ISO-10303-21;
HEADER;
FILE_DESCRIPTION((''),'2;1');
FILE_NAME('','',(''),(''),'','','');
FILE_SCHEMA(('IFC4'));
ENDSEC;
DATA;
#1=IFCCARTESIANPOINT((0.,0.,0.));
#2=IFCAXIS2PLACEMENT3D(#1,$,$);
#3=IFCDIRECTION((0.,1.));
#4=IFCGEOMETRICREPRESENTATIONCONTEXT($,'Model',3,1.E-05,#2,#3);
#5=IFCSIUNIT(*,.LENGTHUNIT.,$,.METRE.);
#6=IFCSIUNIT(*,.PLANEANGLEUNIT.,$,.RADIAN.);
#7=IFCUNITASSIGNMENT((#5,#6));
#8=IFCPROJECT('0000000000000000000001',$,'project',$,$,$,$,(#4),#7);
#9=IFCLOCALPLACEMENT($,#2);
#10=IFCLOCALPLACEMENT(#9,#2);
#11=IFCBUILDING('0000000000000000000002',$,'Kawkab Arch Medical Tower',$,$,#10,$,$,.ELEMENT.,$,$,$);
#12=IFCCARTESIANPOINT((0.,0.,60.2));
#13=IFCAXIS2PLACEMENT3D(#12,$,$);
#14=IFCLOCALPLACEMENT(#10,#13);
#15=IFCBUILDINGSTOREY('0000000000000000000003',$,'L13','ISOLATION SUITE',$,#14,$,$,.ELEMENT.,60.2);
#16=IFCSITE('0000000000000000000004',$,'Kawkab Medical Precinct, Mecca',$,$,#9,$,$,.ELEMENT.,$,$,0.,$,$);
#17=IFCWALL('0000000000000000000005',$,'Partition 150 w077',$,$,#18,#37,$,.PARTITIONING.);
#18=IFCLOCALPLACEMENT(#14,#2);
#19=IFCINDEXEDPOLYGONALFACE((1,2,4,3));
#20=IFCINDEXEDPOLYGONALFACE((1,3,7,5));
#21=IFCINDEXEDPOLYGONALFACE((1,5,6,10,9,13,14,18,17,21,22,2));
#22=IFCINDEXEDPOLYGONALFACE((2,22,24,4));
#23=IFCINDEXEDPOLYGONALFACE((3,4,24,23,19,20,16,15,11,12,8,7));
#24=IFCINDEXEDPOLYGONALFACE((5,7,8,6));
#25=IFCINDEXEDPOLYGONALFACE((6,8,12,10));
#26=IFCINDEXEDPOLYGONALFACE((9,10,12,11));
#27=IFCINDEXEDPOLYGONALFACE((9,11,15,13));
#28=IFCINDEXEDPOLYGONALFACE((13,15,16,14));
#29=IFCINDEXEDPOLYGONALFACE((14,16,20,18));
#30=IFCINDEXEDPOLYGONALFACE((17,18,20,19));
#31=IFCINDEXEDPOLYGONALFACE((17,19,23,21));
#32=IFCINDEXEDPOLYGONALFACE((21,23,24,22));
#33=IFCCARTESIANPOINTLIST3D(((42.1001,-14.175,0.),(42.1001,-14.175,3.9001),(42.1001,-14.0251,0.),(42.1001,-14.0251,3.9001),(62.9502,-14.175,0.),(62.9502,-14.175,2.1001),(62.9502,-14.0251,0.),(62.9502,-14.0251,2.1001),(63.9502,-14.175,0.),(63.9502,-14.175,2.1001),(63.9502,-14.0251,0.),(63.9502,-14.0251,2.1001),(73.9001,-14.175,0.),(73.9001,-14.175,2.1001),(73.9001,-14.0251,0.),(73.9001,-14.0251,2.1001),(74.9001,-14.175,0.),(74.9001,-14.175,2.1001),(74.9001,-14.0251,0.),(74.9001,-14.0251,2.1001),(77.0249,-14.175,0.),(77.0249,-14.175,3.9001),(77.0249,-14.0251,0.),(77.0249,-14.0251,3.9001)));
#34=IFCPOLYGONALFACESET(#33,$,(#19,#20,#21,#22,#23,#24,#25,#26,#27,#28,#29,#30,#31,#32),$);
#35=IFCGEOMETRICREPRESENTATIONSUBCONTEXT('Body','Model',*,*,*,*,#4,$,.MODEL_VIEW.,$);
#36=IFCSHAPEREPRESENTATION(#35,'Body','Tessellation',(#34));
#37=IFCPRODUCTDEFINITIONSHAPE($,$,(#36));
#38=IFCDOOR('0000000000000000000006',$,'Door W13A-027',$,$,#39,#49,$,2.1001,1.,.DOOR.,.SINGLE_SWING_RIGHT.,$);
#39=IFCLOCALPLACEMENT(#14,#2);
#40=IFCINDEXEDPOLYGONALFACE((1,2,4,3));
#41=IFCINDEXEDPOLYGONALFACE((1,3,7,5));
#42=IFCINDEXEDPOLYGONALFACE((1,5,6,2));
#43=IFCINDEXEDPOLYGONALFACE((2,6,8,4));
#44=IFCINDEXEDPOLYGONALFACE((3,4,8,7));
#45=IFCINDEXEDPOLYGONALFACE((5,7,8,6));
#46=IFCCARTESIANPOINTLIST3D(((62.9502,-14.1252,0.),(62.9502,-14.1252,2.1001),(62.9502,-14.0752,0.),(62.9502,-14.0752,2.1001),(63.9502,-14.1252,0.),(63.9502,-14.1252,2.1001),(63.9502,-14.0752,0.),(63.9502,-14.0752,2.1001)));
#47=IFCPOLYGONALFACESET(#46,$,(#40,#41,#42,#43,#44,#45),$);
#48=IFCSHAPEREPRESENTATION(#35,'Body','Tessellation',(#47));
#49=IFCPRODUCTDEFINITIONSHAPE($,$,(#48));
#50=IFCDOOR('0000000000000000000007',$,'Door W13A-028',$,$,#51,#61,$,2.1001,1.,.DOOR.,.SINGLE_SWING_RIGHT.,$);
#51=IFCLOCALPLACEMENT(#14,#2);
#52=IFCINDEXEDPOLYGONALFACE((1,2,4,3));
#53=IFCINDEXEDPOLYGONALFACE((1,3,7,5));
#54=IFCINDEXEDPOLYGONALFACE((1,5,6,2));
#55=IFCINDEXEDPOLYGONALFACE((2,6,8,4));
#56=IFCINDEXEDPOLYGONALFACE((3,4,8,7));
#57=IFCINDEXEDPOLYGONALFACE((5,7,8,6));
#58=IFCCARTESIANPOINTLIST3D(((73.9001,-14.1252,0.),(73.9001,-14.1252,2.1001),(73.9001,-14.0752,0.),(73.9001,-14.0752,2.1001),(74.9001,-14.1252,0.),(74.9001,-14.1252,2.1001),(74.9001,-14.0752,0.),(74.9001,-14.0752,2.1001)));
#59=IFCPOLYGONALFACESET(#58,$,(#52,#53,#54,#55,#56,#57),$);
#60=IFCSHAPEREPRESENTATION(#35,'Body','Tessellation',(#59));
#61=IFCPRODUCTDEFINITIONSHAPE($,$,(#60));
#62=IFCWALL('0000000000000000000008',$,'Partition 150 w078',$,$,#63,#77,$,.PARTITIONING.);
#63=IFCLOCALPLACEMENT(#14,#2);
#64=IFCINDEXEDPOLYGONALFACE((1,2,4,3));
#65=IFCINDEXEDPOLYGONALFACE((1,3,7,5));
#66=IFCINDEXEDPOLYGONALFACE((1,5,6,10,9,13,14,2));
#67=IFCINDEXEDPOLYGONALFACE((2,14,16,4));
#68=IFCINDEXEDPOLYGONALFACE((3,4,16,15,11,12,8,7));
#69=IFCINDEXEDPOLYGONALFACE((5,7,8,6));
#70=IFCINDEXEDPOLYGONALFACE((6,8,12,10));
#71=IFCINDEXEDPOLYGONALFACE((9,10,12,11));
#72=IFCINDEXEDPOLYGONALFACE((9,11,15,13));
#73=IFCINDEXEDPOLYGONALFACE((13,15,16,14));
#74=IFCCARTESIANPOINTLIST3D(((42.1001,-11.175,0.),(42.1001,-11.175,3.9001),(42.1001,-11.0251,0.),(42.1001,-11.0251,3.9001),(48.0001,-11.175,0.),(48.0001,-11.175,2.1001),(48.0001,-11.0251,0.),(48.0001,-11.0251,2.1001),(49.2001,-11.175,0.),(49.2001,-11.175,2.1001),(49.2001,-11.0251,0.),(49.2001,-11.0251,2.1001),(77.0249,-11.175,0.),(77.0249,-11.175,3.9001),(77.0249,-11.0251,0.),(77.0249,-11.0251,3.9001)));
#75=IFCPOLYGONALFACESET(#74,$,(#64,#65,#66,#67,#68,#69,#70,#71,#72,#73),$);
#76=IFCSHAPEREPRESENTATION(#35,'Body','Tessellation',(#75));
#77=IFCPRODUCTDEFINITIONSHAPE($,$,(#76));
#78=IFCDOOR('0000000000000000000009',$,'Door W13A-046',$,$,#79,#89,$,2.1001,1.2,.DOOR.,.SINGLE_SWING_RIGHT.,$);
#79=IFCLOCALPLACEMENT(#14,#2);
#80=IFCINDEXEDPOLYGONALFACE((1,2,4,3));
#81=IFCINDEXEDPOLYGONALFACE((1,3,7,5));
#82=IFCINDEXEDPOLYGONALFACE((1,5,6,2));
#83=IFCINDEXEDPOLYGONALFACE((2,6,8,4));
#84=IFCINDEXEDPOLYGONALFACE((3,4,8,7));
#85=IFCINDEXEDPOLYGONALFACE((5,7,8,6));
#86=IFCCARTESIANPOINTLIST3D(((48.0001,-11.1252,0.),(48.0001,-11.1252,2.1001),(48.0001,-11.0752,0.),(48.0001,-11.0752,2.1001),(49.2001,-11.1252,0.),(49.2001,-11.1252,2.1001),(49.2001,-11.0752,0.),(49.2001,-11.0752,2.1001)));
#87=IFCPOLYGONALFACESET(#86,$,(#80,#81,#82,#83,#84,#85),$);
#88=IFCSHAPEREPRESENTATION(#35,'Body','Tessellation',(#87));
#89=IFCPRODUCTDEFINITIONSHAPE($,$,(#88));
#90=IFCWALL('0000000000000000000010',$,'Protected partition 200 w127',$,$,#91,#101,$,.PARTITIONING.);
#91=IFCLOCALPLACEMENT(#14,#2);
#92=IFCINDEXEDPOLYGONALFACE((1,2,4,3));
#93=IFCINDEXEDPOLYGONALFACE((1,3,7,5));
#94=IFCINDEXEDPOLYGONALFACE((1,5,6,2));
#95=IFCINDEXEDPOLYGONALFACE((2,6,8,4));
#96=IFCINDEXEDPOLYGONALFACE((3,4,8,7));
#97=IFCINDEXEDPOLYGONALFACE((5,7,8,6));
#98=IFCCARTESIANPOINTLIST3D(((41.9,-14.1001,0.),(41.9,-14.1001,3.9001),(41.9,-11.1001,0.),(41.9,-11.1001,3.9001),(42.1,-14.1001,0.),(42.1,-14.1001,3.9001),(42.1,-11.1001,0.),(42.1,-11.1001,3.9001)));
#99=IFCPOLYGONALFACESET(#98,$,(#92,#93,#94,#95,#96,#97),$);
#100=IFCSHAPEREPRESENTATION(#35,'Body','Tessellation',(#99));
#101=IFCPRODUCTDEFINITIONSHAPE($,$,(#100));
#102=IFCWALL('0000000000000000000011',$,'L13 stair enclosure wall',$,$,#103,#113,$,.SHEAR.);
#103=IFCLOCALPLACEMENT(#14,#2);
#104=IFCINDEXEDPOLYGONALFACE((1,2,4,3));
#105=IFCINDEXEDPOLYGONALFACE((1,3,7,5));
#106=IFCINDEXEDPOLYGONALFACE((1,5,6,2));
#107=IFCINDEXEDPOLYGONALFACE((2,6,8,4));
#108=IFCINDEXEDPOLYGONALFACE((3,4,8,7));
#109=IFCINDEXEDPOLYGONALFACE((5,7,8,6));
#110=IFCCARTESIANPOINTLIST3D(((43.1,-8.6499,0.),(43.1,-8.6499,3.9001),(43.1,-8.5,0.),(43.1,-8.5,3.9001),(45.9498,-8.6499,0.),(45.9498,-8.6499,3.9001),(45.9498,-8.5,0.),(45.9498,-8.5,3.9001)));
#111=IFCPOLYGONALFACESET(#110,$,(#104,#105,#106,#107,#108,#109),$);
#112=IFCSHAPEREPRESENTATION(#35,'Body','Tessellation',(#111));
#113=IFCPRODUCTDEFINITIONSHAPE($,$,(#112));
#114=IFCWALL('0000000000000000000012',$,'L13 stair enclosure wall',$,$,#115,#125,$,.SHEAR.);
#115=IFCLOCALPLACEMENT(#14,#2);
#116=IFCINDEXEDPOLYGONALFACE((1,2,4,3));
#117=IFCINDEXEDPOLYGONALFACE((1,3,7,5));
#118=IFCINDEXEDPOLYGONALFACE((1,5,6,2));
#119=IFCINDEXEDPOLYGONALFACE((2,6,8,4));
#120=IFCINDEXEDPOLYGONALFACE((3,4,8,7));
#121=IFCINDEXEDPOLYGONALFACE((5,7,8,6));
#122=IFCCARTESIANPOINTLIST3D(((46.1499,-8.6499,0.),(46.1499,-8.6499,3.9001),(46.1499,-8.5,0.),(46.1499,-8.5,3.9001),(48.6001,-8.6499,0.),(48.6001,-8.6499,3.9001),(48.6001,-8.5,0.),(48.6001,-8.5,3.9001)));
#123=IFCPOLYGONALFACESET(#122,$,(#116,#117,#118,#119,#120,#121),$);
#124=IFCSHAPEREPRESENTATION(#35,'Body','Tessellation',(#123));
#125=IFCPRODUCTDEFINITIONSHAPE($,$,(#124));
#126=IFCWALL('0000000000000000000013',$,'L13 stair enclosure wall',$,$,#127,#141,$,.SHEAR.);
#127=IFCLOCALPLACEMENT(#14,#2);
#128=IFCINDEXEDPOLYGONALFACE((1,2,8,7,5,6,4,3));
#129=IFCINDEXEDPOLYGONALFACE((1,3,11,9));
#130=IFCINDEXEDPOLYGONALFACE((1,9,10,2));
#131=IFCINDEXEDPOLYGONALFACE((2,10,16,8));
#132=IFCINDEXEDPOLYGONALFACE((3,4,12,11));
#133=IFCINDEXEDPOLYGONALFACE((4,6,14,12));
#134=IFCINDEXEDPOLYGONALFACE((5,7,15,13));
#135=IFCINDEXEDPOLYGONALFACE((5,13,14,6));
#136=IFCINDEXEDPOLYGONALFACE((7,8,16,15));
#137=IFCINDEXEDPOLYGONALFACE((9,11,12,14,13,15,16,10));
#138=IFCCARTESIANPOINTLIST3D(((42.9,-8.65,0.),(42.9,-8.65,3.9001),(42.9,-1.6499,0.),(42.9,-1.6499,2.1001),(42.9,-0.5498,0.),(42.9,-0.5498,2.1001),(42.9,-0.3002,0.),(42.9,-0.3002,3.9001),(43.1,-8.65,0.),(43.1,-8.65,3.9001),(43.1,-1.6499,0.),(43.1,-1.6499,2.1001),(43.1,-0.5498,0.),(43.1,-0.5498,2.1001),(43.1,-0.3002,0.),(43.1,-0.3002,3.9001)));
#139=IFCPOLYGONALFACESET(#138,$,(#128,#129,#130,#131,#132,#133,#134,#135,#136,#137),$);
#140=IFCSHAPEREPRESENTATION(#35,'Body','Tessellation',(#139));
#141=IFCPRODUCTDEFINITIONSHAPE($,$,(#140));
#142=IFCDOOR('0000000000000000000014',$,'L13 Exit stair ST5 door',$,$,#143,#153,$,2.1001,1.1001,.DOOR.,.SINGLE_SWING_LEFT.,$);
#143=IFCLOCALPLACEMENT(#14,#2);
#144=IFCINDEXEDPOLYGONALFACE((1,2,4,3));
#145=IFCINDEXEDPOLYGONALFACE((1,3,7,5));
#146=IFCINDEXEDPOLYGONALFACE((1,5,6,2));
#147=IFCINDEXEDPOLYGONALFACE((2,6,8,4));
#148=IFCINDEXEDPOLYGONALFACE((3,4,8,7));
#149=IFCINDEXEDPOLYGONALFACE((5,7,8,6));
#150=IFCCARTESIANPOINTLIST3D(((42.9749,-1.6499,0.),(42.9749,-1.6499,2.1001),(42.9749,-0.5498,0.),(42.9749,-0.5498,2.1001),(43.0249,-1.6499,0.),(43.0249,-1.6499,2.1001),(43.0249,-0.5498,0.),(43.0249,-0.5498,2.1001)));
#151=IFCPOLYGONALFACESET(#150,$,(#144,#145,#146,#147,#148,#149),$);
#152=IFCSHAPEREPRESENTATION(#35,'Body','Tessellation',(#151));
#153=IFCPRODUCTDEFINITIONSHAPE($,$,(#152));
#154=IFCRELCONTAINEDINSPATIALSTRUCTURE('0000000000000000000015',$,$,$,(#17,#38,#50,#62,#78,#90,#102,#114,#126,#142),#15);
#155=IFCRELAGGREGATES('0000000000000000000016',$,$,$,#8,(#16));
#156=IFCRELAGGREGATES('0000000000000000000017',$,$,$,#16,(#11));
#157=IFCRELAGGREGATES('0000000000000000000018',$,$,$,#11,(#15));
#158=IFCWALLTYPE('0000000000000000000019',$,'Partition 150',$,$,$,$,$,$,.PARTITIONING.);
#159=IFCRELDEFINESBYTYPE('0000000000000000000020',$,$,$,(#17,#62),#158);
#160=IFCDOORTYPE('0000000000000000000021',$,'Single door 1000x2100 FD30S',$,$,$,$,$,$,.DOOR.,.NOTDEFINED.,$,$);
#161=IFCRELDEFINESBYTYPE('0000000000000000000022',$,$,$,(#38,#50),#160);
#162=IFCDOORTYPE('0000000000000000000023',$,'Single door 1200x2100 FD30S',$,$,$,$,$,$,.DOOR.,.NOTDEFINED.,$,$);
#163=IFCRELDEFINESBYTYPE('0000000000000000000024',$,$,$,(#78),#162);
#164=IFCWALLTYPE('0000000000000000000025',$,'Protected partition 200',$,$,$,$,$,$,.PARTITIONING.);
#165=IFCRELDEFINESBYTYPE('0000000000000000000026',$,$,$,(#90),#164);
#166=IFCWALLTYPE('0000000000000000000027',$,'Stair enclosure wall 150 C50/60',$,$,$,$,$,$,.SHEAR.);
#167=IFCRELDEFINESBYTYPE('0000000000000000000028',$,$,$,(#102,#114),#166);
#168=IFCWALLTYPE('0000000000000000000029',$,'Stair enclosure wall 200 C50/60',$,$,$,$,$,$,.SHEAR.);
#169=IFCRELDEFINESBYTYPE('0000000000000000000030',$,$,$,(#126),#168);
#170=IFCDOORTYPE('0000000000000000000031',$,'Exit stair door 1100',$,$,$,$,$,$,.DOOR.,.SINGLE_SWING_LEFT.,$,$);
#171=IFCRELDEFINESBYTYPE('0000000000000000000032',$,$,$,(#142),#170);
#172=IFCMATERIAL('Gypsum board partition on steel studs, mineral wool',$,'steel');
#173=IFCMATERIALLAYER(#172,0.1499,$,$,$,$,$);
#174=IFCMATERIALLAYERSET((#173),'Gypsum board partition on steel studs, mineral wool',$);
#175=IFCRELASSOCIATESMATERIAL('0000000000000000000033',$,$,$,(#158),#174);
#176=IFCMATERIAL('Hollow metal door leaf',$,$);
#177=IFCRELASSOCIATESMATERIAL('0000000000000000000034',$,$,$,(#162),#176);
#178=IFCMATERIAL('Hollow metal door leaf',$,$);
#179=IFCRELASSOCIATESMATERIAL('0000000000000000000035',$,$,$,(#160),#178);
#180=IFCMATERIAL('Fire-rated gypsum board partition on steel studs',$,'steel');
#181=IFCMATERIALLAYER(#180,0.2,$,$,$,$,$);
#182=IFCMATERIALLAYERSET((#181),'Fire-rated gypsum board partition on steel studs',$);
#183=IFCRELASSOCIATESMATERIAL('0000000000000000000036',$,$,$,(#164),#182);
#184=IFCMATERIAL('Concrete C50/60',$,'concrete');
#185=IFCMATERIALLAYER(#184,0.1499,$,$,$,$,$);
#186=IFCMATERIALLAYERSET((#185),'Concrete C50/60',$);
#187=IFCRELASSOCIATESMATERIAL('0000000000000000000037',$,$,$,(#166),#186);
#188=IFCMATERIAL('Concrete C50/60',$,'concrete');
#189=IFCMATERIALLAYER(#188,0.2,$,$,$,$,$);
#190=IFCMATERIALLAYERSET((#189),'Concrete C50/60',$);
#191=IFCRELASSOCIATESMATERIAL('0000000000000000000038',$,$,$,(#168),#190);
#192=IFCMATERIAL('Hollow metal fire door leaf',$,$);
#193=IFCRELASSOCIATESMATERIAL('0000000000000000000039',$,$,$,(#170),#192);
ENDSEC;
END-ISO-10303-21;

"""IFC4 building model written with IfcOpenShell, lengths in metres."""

from ifc_helpers import new_model, si_unit, direction, frame, frame_2d, origin, place, context, subcontext, project, spatial, rectangle, extrude, material, layer, layer_set, type_object, element, fill, save


model = new_model("IFC4")

# Units and contexts
model_context = context("Model", 3, precision=1e-05, world=origin(), true_north=direction((0.0, 1.0)))
body_context = subcontext(model_context, "Body", "Model", "MODEL_VIEW")
ifc_project = project(units=[si_unit("LENGTHUNIT", "METRE"), si_unit("PLANEANGLEUNIT", "RADIAN")], contexts=[model_context])

# Site, building, storey
site_placement = place(None, origin())
site = spatial("IfcSite", under=ifc_project, at=site_placement, Name="Kawkab Medical Precinct, Mecca", CompositionType="ELEMENT", RefElevation=0.0)
building_placement = place(site_placement, origin())
building = spatial("IfcBuilding", under=site, at=building_placement, Name="Kawkab Arch Medical Tower", CompositionType="ELEMENT")
storey_placement = place(building_placement, frame((0.0, 0.0, 60.2)))
storey = spatial("IfcBuildingStorey", under=building, at=storey_placement, Name="L13", Description="ISOLATION SUITE", CompositionType="ELEMENT", Elevation=60.2)

# Wall, openings, doors
ifc_material_1 = material(Name="Gypsum board partition on steel studs, mineral wool", Category="steel")
ifc_layer_1 = layer(ifc_material_1, 0.1499)
ifc_layer_set_1 = layer_set([ifc_layer_1], Name="Gypsum board partition on steel studs, mineral wool")
wall_type_1 = type_object("IfcWallType", Name="Partition 150", PredefinedType="PARTITIONING", material=ifc_layer_set_1)
ifc_material_2 = material(Name="Hollow metal door leaf")
door_type_1 = type_object("IfcDoorType", Name="Single door 1200x2100 FD30S", OperationType="NOTDEFINED", PredefinedType="DOOR", material=ifc_material_2)
wall_1_placement = place(storey_placement, frame((42.1001, -14.1001, 0.0), z_axis=(0.0, 0.0, 1.0), x_axis=(1.0, 0.0, 0.0)))
wall_1 = element("IfcWall", 1, at=wall_1_placement, inside=storey, type_object=wall_type_1, Name="Partition 150 w077", PredefinedType="PARTITIONING", context=body_context, shape_type="SweptSolid", body=[
    extrude(rectangle(XDim=34.9248, YDim=0.1499, at=frame_2d((17.4624, 0.0))), origin(), (0.0, 0.0, 1.0), 3.9001),
])
opening_1_placement = place(wall_1_placement, frame((20.8501, 0.0, 0.0)))
opening_1 = element("IfcOpeningElement", 2, at=opening_1_placement, cuts=wall_1, PredefinedType="OPENING", context=body_context, shape_type="SweptSolid", body=[
    extrude(rectangle(XDim=1.0, YDim=2.1001, at=frame_2d((0.5, 1.05))), frame((0.0, 0.085, 0.0), z_axis=(0.0, -1.0, 0.0), x_axis=(1.0, 0.0, 0.0)), (0.0, 0.0, 1.0), 0.1699),
])
opening_2_placement = place(wall_1_placement, frame((31.8, 0.0, 0.0)))
opening_2 = element("IfcOpeningElement", 3, at=opening_2_placement, cuts=wall_1, PredefinedType="OPENING", context=body_context, shape_type="SweptSolid", body=[
    extrude(rectangle(XDim=1.0, YDim=2.1001, at=frame_2d((0.5, 1.05))), frame((0.0, 0.085, 0.0), z_axis=(0.0, -1.0, 0.0), x_axis=(1.0, 0.0, 0.0)), (0.0, 0.0, 1.0), 0.1699),
])
ifc_material_3 = material(Name="Hollow metal door leaf")
door_type_2 = type_object("IfcDoorType", Name="Single door 1000x2100 FD30S", OperationType="NOTDEFINED", PredefinedType="DOOR", material=ifc_material_3)
door_1_placement = place(opening_1_placement, origin())
door_1 = element("IfcDoor", 4, at=door_1_placement, inside=storey, type_object=door_type_2, Name="Door W13A-027", OperationType="SINGLE_SWING_RIGHT", OverallHeight=2.1001, OverallWidth=1.0, PredefinedType="DOOR", context=body_context, shape_type="SweptSolid", body=[
    extrude(rectangle(XDim=1.0, YDim=2.1001, at=frame_2d((0.5, 1.05))), frame((0.0, 0.0249, 0.0), z_axis=(0.0, -1.0, 0.0), x_axis=(1.0, 0.0, 0.0)), (0.0, 0.0, 1.0), 0.05),
])
fill(opening_1, door_1)
door_2_placement = place(opening_2_placement, origin())
door_2 = element("IfcDoor", 5, at=door_2_placement, inside=storey, type_object=door_type_2, Name="Door W13A-028", OperationType="SINGLE_SWING_RIGHT", OverallHeight=2.1001, OverallWidth=1.0, PredefinedType="DOOR", context=body_context, shape_type="SweptSolid", body=[
    extrude(rectangle(XDim=1.0, YDim=2.1001, at=frame_2d((0.5, 1.05))), frame((0.0, 0.0249, 0.0), z_axis=(0.0, -1.0, 0.0), x_axis=(1.0, 0.0, 0.0)), (0.0, 0.0, 1.0), 0.05),
])
fill(opening_2, door_2)

# Wall, opening, door
wall_2_placement = place(storey_placement, frame((42.1001, -11.1001, 0.0), z_axis=(0.0, 0.0, 1.0), x_axis=(1.0, 0.0, 0.0)))
wall_2 = element("IfcWall", 6, at=wall_2_placement, inside=storey, type_object=wall_type_1, Name="Partition 150 w078", PredefinedType="PARTITIONING", context=body_context, shape_type="SweptSolid", body=[
    extrude(rectangle(XDim=34.9248, YDim=0.1499, at=frame_2d((17.4624, 0.0))), origin(), (0.0, 0.0, 1.0), 3.9001),
])
opening_3_placement = place(wall_2_placement, frame((5.8999, 0.0, 0.0)))
opening_3 = element("IfcOpeningElement", 7, at=opening_3_placement, cuts=wall_2, PredefinedType="OPENING", context=body_context, shape_type="SweptSolid", body=[
    extrude(rectangle(XDim=1.2, YDim=2.1001, at=frame_2d((0.6001, 1.05))), frame((0.0, 0.085, 0.0), z_axis=(0.0, -1.0, 0.0), x_axis=(1.0, 0.0, 0.0)), (0.0, 0.0, 1.0), 0.1699),
])
door_3_placement = place(opening_3_placement, origin())
door_3 = element("IfcDoor", 8, at=door_3_placement, inside=storey, type_object=door_type_1, Name="Door W13A-046", OperationType="SINGLE_SWING_RIGHT", OverallHeight=2.1001, OverallWidth=1.2, PredefinedType="DOOR", context=body_context, shape_type="SweptSolid", body=[
    extrude(rectangle(XDim=1.2, YDim=2.1001, at=frame_2d((0.6001, 1.05))), frame((0.0, 0.0249, 0.0), z_axis=(0.0, -1.0, 0.0), x_axis=(1.0, 0.0, 0.0)), (0.0, 0.0, 1.0), 0.05),
])
fill(opening_3, door_3)

# Walls
ifc_material_4 = material(Name="Fire-rated gypsum board partition on steel studs", Category="steel")
ifc_layer_2 = layer(ifc_material_4, 0.2)
ifc_layer_set_2 = layer_set([ifc_layer_2], Name="Fire-rated gypsum board partition on steel studs")
wall_type_2 = type_object("IfcWallType", Name="Protected partition 200", PredefinedType="PARTITIONING", material=ifc_layer_set_2)
wall_3_placement = place(storey_placement, frame((42.0, -14.1001, 0.0), z_axis=(0.0, 0.0, 1.0), x_axis=(0.0, 1.0, 0.0)))
element("IfcWall", 9, at=wall_3_placement, inside=storey, type_object=wall_type_2, Name="Protected partition 200 w127", PredefinedType="PARTITIONING", context=body_context, shape_type="SweptSolid", body=[
    extrude(rectangle(XDim=3.0, YDim=0.2, at=frame_2d((1.5, 0.0))), origin(), (0.0, 0.0, 1.0), 3.9001),
])
ifc_material_5 = material(Name="Concrete C50/60", Category="concrete")
ifc_layer_3 = layer(ifc_material_5, 0.1499)
ifc_layer_set_3 = layer_set([ifc_layer_3], Name="Concrete C50/60")
wall_type_3 = type_object("IfcWallType", Name="Stair enclosure wall 150 C50/60", PredefinedType="SHEAR", material=ifc_layer_set_3)
wall_4_placement = place(storey_placement, frame((43.1001, -8.575, 0.0), z_axis=(0.0, 0.0, 1.0), x_axis=(1.0, 0.0, 0.0)))
element("IfcWall", 10, at=wall_4_placement, inside=storey, type_object=wall_type_3, Name="L13 stair enclosure wall", PredefinedType="SHEAR", context=body_context, shape_type="SweptSolid", body=[
    extrude(rectangle(XDim=2.8499, YDim=0.1499, at=frame_2d((1.4248, 0.0))), origin(), (0.0, 0.0, 1.0), 3.9001),
])
wall_5_placement = place(storey_placement, frame((46.1499, -8.575, 0.0), z_axis=(0.0, 0.0, 1.0), x_axis=(1.0, 0.0, 0.0)))
element("IfcWall", 11, at=wall_5_placement, inside=storey, type_object=wall_type_3, Name="L13 stair enclosure wall", PredefinedType="SHEAR", context=body_context, shape_type="SweptSolid", body=[
    extrude(rectangle(XDim=2.4502, YDim=0.1499, at=frame_2d((1.2251, 0.0))), origin(), (0.0, 0.0, 1.0), 3.9001),
])

# Wall, opening, door
ifc_material_6 = material(Name="Concrete C50/60", Category="concrete")
ifc_layer_4 = layer(ifc_material_6, 0.2)
ifc_layer_set_4 = layer_set([ifc_layer_4], Name="Concrete C50/60")
wall_type_4 = type_object("IfcWallType", Name="Stair enclosure wall 200 C50/60", PredefinedType="SHEAR", material=ifc_layer_set_4)
wall_6_placement = place(storey_placement, frame((43.0, -8.6499, 0.0), z_axis=(0.0, 0.0, 1.0), x_axis=(0.0, 1.0, 0.0)))
wall_6 = element("IfcWall", 12, at=wall_6_placement, inside=storey, type_object=wall_type_4, Name="L13 stair enclosure wall", PredefinedType="SHEAR", context=body_context, shape_type="SweptSolid", body=[
    extrude(rectangle(XDim=8.3499, YDim=0.2, at=frame_2d((4.1748, 0.0))), origin(), (0.0, 0.0, 1.0), 3.9001),
])
opening_4_placement = place(wall_6_placement, frame((7.0, 0.0, 0.0)))
opening_4 = element("IfcOpeningElement", 13, at=opening_4_placement, cuts=wall_6, PredefinedType="OPENING", context=body_context, shape_type="SweptSolid", body=[
    extrude(rectangle(XDim=1.1001, YDim=2.1001, at=frame_2d((0.55, 1.05))), frame((0.0, 0.1099, 0.0), z_axis=(0.0, -1.0, 0.0), x_axis=(1.0, 0.0, 0.0)), (0.0, 0.0, 1.0), 0.22),
])
ifc_material_7 = material(Name="Hollow metal fire door leaf")
door_type_3 = type_object("IfcDoorType", Name="Exit stair door 1100", OperationType="SINGLE_SWING_LEFT", PredefinedType="DOOR", material=ifc_material_7)
door_4_placement = place(opening_4_placement, frame((1.1001, 0.0, 0.0), z_axis=(0.0, 0.0, 1.0), x_axis=(-1.0, 0.0, 0.0)))
door_4 = element("IfcDoor", 14, at=door_4_placement, inside=storey, type_object=door_type_3, Name="L13 Exit stair ST5 door", OperationType="SINGLE_SWING_LEFT", OverallHeight=2.1001, OverallWidth=1.1001, PredefinedType="DOOR", context=body_context, shape_type="SweptSolid", body=[
    extrude(rectangle(XDim=1.1001, YDim=2.1001, at=frame_2d((0.55, 1.05))), frame((0.0, 0.0249, 0.0), z_axis=(0.0, -1.0, 0.0), x_axis=(1.0, 0.0, 0.0)), (0.0, 0.0, 1.0), 0.05),
])
fill(opening_4, door_4)

save(model, "model.ifc")
